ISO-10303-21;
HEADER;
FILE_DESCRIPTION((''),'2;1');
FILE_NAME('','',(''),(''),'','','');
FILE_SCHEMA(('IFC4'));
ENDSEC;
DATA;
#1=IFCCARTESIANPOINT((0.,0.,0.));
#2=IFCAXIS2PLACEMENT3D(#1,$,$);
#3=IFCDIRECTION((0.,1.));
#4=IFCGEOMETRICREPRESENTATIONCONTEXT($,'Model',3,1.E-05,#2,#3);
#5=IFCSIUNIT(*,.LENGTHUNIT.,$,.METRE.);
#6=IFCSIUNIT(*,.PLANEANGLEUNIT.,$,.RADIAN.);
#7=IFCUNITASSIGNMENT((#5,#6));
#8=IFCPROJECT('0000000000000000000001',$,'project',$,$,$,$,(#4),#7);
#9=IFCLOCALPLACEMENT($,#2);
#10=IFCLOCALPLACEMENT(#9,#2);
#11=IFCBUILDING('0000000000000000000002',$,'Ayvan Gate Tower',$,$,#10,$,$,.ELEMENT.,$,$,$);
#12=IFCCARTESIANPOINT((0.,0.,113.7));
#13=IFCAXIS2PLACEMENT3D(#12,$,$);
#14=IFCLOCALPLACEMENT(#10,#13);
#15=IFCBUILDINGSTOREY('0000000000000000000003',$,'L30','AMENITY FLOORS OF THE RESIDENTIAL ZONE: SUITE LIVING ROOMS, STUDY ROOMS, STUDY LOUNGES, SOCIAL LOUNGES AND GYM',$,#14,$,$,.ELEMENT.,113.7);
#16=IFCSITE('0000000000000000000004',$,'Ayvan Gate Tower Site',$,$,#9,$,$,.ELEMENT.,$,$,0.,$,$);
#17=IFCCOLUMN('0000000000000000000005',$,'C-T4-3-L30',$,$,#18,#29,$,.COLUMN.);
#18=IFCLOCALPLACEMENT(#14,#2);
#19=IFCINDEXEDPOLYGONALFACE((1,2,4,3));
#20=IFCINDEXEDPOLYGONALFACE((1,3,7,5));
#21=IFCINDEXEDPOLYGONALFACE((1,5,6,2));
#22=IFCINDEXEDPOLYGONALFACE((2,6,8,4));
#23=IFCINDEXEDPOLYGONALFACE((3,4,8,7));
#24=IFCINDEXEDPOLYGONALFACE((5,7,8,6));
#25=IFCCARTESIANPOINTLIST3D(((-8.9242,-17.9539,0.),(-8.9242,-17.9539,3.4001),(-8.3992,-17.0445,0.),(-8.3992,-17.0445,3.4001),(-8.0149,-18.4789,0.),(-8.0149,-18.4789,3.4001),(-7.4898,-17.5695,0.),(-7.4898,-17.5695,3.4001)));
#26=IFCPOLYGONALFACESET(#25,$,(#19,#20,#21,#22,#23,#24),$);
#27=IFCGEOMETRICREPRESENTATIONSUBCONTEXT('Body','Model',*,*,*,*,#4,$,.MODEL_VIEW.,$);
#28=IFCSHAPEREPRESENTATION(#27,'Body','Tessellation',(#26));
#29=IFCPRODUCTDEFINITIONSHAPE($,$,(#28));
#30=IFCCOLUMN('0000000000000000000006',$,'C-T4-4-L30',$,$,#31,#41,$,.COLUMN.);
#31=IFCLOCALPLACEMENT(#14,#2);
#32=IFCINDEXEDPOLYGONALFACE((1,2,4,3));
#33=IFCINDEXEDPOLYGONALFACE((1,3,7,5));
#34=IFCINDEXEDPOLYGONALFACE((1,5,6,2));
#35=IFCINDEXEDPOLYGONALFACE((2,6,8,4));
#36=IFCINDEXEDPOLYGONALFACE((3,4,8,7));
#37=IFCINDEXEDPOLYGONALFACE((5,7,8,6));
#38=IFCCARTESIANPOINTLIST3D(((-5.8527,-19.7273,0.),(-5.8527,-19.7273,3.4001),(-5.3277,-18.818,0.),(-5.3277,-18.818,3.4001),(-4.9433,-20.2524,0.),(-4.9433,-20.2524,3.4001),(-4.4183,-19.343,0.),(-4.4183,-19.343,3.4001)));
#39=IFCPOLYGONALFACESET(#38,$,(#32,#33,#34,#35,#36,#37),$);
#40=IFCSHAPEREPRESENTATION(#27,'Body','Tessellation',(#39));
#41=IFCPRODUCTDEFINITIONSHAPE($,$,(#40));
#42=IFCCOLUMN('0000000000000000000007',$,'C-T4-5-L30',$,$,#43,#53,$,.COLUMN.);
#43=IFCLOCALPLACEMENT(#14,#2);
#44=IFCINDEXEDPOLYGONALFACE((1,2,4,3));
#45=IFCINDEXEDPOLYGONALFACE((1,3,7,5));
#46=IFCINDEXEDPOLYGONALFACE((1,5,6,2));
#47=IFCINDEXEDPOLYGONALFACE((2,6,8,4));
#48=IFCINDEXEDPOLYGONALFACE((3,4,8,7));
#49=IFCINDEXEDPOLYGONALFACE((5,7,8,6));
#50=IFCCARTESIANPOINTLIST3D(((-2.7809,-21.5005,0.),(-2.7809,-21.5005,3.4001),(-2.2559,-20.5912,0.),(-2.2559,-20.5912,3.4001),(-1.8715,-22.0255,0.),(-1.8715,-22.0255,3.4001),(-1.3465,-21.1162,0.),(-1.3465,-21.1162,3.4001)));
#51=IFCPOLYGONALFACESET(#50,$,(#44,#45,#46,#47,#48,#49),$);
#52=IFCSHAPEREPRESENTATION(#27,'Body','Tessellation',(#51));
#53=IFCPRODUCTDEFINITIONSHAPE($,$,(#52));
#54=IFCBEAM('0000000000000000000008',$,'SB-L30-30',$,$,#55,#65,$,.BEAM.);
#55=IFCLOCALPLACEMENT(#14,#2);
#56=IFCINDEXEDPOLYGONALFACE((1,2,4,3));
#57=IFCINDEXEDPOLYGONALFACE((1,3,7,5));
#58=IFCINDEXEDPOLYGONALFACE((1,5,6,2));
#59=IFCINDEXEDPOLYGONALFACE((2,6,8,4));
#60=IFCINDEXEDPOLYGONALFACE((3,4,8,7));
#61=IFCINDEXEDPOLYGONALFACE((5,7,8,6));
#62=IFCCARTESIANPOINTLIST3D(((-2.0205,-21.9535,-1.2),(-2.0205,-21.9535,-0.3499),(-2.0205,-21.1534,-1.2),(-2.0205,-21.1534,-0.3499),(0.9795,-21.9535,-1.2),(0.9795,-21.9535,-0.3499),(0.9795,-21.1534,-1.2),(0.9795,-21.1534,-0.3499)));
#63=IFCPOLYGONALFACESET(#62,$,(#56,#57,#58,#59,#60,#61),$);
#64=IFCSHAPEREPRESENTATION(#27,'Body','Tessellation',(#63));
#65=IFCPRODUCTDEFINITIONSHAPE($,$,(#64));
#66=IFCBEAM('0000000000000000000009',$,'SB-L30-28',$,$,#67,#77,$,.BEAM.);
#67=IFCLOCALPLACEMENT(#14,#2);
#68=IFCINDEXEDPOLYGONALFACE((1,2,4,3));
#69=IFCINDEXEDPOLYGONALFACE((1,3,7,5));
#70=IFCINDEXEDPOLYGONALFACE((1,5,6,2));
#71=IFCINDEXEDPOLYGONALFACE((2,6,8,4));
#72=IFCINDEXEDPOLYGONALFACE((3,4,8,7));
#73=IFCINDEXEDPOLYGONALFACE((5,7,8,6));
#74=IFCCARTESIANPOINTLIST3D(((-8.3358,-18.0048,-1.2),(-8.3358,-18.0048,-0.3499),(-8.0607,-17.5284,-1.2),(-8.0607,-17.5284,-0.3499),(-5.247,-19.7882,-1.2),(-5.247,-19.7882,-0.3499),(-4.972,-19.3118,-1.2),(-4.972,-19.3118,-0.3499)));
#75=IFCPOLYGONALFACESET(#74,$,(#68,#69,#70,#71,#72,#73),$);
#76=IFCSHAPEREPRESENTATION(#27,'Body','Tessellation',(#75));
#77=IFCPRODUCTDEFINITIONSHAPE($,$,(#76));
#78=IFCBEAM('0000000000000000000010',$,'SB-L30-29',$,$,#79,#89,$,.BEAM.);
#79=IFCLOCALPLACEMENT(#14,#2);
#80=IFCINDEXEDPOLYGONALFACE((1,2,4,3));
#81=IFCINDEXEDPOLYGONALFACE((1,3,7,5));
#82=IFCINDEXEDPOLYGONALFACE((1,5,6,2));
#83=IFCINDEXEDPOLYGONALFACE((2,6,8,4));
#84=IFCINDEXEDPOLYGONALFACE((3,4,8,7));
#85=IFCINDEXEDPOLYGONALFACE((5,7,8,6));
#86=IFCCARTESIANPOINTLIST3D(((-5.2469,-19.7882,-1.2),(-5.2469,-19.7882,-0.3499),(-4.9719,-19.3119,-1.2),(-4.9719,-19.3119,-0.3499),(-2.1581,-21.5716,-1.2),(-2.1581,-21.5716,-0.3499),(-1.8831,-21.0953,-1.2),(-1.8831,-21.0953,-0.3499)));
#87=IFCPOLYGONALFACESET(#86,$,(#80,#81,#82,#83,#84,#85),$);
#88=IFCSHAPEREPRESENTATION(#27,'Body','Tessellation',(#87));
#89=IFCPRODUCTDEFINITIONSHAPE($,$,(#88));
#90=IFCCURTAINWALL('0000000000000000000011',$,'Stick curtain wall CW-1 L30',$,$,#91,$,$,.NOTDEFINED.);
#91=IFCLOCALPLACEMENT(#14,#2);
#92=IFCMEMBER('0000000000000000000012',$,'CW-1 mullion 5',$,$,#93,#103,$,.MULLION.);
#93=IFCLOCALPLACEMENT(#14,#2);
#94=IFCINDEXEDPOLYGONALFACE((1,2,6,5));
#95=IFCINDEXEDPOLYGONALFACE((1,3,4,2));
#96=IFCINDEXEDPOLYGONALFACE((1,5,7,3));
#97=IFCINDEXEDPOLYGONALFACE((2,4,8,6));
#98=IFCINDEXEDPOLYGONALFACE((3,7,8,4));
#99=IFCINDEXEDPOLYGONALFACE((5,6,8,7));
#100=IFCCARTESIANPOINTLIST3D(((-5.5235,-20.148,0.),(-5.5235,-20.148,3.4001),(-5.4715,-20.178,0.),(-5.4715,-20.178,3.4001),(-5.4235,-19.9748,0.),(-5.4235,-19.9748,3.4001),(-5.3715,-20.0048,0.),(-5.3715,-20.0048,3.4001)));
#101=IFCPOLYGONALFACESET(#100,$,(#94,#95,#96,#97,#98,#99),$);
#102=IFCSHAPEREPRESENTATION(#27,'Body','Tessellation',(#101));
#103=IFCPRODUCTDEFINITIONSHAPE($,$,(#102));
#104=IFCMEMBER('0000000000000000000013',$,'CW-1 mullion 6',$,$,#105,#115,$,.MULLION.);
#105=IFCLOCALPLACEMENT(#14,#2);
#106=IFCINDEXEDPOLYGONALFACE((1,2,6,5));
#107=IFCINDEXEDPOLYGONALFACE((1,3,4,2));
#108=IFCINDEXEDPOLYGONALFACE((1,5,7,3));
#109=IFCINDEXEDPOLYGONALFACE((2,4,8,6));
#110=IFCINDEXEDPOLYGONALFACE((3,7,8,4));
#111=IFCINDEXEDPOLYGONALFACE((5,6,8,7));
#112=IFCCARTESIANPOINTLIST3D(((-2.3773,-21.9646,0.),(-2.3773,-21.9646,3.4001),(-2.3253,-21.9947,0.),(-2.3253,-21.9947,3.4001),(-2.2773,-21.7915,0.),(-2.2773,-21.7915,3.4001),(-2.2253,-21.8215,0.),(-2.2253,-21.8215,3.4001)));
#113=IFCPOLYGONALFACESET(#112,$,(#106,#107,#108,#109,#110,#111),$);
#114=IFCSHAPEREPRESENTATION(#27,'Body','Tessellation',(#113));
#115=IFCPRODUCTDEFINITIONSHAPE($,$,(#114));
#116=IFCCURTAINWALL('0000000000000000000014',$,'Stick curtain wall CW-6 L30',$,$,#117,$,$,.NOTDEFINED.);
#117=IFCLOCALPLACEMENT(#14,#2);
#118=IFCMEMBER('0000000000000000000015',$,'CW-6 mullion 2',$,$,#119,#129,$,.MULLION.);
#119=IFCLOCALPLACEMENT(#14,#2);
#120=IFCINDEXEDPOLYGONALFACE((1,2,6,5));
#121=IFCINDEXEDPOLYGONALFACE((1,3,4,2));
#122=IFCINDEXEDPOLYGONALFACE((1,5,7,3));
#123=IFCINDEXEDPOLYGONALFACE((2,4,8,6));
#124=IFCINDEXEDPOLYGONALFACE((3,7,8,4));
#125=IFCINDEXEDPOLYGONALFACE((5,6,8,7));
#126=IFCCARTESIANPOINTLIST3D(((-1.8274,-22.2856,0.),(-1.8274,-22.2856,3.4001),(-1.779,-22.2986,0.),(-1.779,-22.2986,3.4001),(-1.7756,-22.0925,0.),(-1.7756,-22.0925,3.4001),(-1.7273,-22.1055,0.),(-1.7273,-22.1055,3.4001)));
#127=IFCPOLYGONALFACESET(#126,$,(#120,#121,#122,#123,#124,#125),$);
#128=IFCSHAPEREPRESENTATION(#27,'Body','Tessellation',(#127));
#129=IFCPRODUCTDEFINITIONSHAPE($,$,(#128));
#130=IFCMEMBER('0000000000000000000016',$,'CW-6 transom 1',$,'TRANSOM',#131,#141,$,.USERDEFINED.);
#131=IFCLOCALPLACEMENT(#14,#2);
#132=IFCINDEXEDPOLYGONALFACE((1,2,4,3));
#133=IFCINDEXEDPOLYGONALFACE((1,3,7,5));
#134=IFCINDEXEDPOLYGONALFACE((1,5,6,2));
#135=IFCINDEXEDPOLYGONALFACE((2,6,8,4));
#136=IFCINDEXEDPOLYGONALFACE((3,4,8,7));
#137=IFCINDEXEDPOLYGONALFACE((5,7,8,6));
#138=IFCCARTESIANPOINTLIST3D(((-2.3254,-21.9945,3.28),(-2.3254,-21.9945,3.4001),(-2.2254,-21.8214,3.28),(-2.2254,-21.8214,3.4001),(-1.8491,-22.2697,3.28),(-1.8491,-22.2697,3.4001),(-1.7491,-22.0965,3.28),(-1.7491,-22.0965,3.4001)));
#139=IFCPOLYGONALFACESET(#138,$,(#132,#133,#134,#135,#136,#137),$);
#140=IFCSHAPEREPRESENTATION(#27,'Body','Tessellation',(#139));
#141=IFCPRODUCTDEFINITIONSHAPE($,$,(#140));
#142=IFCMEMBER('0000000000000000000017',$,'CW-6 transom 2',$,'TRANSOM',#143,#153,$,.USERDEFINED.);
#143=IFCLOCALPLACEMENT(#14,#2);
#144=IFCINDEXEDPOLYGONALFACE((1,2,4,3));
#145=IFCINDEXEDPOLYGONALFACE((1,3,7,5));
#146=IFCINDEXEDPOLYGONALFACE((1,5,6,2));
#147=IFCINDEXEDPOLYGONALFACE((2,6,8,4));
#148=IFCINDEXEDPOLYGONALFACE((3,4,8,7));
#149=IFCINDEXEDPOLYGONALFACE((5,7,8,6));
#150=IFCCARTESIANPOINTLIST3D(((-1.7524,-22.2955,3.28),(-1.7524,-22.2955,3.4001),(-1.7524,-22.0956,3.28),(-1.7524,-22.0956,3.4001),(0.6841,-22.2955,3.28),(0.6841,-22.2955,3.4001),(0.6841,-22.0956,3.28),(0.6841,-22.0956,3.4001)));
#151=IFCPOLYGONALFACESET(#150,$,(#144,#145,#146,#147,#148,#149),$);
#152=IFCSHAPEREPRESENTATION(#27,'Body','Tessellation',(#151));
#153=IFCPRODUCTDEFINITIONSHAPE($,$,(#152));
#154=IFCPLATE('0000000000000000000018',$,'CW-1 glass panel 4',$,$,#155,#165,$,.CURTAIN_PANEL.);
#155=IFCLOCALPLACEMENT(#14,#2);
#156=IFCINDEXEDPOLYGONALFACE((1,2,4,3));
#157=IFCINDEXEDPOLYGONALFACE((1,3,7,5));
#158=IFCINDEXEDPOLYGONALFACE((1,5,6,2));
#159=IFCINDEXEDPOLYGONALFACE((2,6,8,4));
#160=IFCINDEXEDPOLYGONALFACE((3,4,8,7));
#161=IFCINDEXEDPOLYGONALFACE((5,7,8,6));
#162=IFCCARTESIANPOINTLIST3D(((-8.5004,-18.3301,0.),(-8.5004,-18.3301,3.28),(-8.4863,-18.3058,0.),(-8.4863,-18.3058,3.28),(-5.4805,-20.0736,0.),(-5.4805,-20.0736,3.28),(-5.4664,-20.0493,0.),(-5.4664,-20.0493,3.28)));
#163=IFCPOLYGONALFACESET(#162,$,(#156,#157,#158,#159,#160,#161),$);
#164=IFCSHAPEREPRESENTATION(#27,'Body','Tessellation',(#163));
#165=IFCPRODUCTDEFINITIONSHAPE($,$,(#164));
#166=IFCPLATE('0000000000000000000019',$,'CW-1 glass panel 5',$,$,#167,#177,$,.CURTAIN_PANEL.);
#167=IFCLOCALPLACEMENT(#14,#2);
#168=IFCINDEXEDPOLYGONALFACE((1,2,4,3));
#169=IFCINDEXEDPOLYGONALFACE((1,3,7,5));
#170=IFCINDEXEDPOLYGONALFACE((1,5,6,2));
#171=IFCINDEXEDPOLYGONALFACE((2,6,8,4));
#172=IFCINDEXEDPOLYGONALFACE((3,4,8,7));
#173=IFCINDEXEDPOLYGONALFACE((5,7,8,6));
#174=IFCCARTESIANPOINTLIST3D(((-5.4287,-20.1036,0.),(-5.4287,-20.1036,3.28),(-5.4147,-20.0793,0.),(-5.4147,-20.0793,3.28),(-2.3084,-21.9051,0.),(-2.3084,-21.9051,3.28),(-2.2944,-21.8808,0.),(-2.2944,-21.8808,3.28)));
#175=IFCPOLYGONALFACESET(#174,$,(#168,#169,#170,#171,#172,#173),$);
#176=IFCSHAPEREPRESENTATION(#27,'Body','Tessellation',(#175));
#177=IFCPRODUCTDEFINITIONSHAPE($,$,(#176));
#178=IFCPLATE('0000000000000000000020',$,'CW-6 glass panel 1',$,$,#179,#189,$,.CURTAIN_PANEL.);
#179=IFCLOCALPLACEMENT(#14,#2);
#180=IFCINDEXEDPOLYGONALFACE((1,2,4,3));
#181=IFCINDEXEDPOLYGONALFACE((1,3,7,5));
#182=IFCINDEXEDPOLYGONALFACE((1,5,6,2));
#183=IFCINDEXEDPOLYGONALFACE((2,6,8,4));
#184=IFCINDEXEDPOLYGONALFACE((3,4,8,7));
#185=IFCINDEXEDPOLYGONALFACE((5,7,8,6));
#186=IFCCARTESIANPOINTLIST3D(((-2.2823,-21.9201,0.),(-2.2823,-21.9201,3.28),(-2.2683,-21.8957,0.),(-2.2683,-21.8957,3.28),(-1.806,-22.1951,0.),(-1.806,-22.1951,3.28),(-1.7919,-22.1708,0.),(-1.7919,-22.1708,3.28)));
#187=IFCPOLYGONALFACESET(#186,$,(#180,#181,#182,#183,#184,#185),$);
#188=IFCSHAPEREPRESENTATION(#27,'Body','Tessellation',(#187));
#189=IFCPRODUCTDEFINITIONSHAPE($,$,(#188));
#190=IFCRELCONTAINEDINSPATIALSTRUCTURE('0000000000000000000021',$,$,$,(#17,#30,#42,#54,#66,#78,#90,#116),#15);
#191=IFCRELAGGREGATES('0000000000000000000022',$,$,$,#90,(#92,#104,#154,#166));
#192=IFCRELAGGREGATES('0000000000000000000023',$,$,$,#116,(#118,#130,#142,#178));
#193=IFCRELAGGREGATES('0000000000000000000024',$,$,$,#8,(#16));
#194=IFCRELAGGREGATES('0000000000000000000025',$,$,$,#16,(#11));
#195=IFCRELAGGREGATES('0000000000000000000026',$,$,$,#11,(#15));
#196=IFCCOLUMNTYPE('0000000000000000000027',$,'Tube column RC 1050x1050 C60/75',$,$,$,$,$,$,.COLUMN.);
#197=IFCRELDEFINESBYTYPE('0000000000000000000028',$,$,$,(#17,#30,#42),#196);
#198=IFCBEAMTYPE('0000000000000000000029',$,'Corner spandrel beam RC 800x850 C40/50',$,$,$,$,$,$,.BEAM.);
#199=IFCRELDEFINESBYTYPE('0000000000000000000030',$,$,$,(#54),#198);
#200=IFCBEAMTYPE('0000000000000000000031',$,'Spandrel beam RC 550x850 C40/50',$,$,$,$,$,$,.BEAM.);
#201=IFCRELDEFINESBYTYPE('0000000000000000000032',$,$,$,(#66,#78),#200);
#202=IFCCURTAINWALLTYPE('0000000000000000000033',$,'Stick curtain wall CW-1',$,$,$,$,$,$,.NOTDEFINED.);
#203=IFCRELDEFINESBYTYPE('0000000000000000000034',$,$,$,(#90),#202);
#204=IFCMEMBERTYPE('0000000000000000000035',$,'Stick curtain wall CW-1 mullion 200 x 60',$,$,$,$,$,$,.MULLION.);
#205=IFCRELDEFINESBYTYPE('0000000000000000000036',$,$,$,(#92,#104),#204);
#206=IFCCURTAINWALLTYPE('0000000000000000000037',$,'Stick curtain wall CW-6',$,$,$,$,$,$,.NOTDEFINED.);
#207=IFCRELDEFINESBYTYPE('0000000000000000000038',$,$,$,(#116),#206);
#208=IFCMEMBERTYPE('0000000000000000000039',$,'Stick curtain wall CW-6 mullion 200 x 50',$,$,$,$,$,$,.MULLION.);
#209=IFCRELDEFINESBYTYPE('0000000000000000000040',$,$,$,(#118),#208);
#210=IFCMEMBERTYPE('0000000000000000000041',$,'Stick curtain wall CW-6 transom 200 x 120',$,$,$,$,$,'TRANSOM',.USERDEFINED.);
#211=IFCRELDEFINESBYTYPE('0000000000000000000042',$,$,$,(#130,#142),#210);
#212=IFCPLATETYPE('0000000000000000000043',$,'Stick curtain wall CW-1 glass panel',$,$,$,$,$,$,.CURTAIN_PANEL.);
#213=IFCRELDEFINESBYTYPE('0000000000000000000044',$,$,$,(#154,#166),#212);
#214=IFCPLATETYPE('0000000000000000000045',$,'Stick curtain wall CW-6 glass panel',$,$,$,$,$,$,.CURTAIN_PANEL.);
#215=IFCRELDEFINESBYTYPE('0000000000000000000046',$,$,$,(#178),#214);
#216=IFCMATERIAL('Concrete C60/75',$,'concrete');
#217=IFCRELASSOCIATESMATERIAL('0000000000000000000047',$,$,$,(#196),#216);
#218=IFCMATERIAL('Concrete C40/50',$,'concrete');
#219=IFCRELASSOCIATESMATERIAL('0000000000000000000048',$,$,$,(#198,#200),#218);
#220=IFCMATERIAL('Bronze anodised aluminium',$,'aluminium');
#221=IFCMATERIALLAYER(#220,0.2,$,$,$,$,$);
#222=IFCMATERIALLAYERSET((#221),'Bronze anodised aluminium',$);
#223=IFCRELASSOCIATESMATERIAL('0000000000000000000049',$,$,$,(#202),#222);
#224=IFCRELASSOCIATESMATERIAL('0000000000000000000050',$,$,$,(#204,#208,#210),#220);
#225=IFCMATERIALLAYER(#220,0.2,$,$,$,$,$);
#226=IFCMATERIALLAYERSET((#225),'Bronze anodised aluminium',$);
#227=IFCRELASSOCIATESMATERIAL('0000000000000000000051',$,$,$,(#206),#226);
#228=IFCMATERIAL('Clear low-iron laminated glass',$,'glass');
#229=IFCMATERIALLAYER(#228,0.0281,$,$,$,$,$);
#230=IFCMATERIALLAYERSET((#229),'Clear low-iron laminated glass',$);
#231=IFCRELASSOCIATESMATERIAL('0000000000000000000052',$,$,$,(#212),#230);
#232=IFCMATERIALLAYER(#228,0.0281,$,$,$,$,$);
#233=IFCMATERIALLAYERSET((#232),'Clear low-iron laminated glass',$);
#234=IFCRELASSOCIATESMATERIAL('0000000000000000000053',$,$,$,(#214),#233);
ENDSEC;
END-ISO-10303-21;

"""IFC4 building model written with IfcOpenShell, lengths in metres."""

from ifc_helpers import new_model, si_unit, direction, frame, origin, origin_2d, place, context, subcontext, project, spatial, rectangle, extrude, material, layer, layer_set, material_profile, profile_set, type_object, element, aggregate, save


model = new_model("IFC4")

# Units and contexts
model_context = context("Model", 3, precision=1e-05, world=origin(), true_north=direction((0.0, 1.0)))
body_context = subcontext(model_context, "Body", "Model", "MODEL_VIEW")
ifc_project = project(units=[si_unit("LENGTHUNIT", "METRE"), si_unit("PLANEANGLEUNIT", "RADIAN")], contexts=[model_context])

# Site, building, storey
site_placement = place(None, origin())
site = spatial("IfcSite", under=ifc_project, at=site_placement, Name="Ayvan Gate Tower Site", CompositionType="ELEMENT", RefElevation=0.0)
building_placement = place(site_placement, origin())
building = spatial("IfcBuilding", under=site, at=building_placement, Name="Ayvan Gate Tower", CompositionType="ELEMENT")
storey_placement = place(building_placement, frame((0.0, 0.0, 113.7)))
storey = spatial("IfcBuildingStorey", under=building, at=storey_placement, Name="L30", Description="AMENITY FLOORS OF THE RESIDENTIAL ZONE: SUITE LIVING ROOMS, STUDY ROOMS, STUDY LOUNGES, SOCIAL LOUNGES AND GYM", CompositionType="ELEMENT", Elevation=113.7)

# Columns
ifc_material_1 = material(Name="Concrete C60/75", Category="concrete")
ifc_material_profile_1 = material_profile(ifc_material_1, rectangle(XDim=1.05, YDim=1.05, at=origin_2d()), Name="RC 1050x1050")
ifc_profile_set_1 = profile_set([ifc_material_profile_1], Name="Concrete C60/75")
column_type = type_object("IfcColumnType", Name="Tube column RC 1050x1050 C60/75", PredefinedType="COLUMN", material=ifc_profile_set_1)
for number, where, z_axis, x_axis, name in (
    (1, (-8.207, -17.7617, 0.0), (0.0, 0.0, 1.0), (-0.5, -0.866025, 0.0), "C-T4-3-L30"),
    (2, (-5.1355, -19.5352, 0.0), (0.0, 0.0, 1.0), (-0.5, -0.866025, 0.0), "C-T4-4-L30"),
    (3, (-2.0637, -21.3083, 0.0), (0.0, 0.0, 1.0), (-0.5, -0.866025, 0.0), "C-T4-5-L30"),
):
    element("IfcColumn", number, at=place(storey_placement, frame(where, z_axis=z_axis, x_axis=x_axis)), inside=storey, type_object=column_type, Name=name, PredefinedType="COLUMN", context=body_context, shape_type="SweptSolid", body=[
        extrude(rectangle(XDim=1.05, YDim=1.05, at=origin_2d()), origin(), (0.0, 0.0, 1.0), 3.4001),
    ])

# Beams
ifc_material_2 = material(Name="Concrete C40/50", Category="concrete")
ifc_material_profile_2 = material_profile(ifc_material_2, rectangle(XDim=0.8, YDim=0.8501, at=origin_2d()), Name="RC 800x850")
ifc_profile_set_2 = profile_set([ifc_material_profile_2], Name="Concrete C40/50")
beam_type_1 = type_object("IfcBeamType", Name="Corner spandrel beam RC 800x850 C40/50", PredefinedType="BEAM", material=ifc_profile_set_2)
beam_placement = place(storey_placement, frame((-2.0205, -21.5535, -0.7749), z_axis=(1.0, 0.0, 0.0), x_axis=(0.0, 1.0, 0.0)))
element("IfcBeam", 4, at=beam_placement, inside=storey, type_object=beam_type_1, Name="SB-L30-30", PredefinedType="BEAM", context=body_context, shape_type="SweptSolid", body=[
    extrude(rectangle(XDim=0.8, YDim=0.8501, at=origin_2d()), origin(), (0.0, 0.0, 1.0), 3.0),
])
ifc_material_profile_3 = material_profile(ifc_material_2, rectangle(XDim=0.55, YDim=0.8501, at=origin_2d()), Name="RC 550x850")
ifc_profile_set_3 = profile_set([ifc_material_profile_3], Name="Concrete C40/50")
beam_type_2 = type_object("IfcBeamType", Name="Spandrel beam RC 550x850 C40/50", PredefinedType="BEAM", material=ifc_profile_set_3)
for number, where, z_axis, x_axis, name in (
    (5, (-8.1982, -17.7666, -0.7749), (0.866015, -0.500019, 0.0), (0.500019, 0.866015, 0.0), "SB-L30-28"),
    (6, (-5.1094, -19.55, -0.7749), (0.866015, -0.500019, 0.0), (0.500019, 0.866015, 0.0), "SB-L30-29"),
):
    element("IfcBeam", number, at=place(storey_placement, frame(where, z_axis=z_axis, x_axis=x_axis)), inside=storey, type_object=beam_type_2, Name=name, PredefinedType="BEAM", context=body_context, shape_type="SweptSolid", body=[
        extrude(rectangle(XDim=0.55, YDim=0.8501, at=origin_2d()), origin(), (0.0, 0.0, 1.0), 3.5667),
    ])

# Curtain walls, members
ifc_material_3 = material(Name="Bronze anodised aluminium", Category="aluminium")
ifc_layer_1 = layer(ifc_material_3, 0.2)
ifc_layer_set_1 = layer_set([ifc_layer_1], Name="Bronze anodised aluminium")
curtain_wall_type_1 = type_object("IfcCurtainWallType", Name="Stick curtain wall CW-1", PredefinedType="NOTDEFINED", material=ifc_layer_set_1)
curtain_wall_1_placement = place(storey_placement, origin())
curtain_wall_1 = element("IfcCurtainWall", 7, at=curtain_wall_1_placement, inside=storey, type_object=curtain_wall_type_1, Name="Stick curtain wall CW-1 L30", PredefinedType="NOTDEFINED")
ifc_material_profile_4 = material_profile(ifc_material_3, rectangle(XDim=0.2, YDim=0.0601, at=origin_2d()), Name="Stick curtain wall CW-1 mullion 200 x 60")
ifc_profile_set_4 = profile_set([ifc_material_profile_4], Name="Bronze anodised aluminium")
member_type_1 = type_object("IfcMemberType", Name="Stick curtain wall CW-1 mullion 200 x 60", PredefinedType="MULLION", material=ifc_profile_set_4)
member_1_placement = place(storey_placement, frame((-5.4475, -20.0764, 0.0), z_axis=(0.0, 0.0, 1.0), x_axis=(-0.5, -0.866025, 0.0)))
member_1 = element("IfcMember", 8, at=member_1_placement, type_object=member_type_1, Name="CW-1 mullion 5", PredefinedType="MULLION", context=body_context, shape_type="SweptSolid", body=[
    extrude(rectangle(XDim=0.2, YDim=0.0601, at=origin_2d()), origin(), (0.0, 0.0, 1.0), 3.4001),
])
member_2_placement = place(storey_placement, frame((-2.3013, -21.8931, 0.0), z_axis=(0.0, 0.0, 1.0), x_axis=(-0.5, -0.866025, 0.0)))
member_2 = element("IfcMember", 9, at=member_2_placement, type_object=member_type_1, Name="CW-1 mullion 6", PredefinedType="MULLION", context=body_context, shape_type="SweptSolid", body=[
    extrude(rectangle(XDim=0.2, YDim=0.0601, at=origin_2d()), origin(), (0.0, 0.0, 1.0), 3.4001),
])
ifc_layer_2 = layer(ifc_material_3, 0.2)
ifc_layer_set_2 = layer_set([ifc_layer_2], Name="Bronze anodised aluminium")
curtain_wall_type_2 = type_object("IfcCurtainWallType", Name="Stick curtain wall CW-6", PredefinedType="NOTDEFINED", material=ifc_layer_set_2)
curtain_wall_2_placement = place(storey_placement, origin())
curtain_wall_2 = element("IfcCurtainWall", 10, at=curtain_wall_2_placement, inside=storey, type_object=curtain_wall_type_2, Name="Stick curtain wall CW-6 L30", PredefinedType="NOTDEFINED")
ifc_material_profile_5 = material_profile(ifc_material_3, rectangle(XDim=0.2, YDim=0.05, at=origin_2d()), Name="Stick curtain wall CW-6 mullion 200 x 50")
ifc_profile_set_5 = profile_set([ifc_material_profile_5], Name="Bronze anodised aluminium")
member_type_2 = type_object("IfcMemberType", Name="Stick curtain wall CW-6 mullion 200 x 50", PredefinedType="MULLION", material=ifc_profile_set_5)
member_3_placement = place(storey_placement, frame((-1.7773, -22.1956, 0.0), z_axis=(0.0, 0.0, 1.0), x_axis=(-0.258819, -0.965926, 0.0)))
member_3 = element("IfcMember", 11, at=member_3_placement, type_object=member_type_2, Name="CW-6 mullion 2", PredefinedType="MULLION", context=body_context, shape_type="SweptSolid", body=[
    extrude(rectangle(XDim=0.2, YDim=0.05, at=origin_2d()), origin(), (0.0, 0.0, 1.0), 3.4001),
])
ifc_material_profile_6 = material_profile(ifc_material_3, rectangle(XDim=0.2, YDim=0.1201, at=origin_2d()), Name="Stick curtain wall CW-6 transom 200 x 120")
ifc_profile_set_6 = profile_set([ifc_material_profile_6], Name="Bronze anodised aluminium")
member_type_3 = type_object("IfcMemberType", Name="Stick curtain wall CW-6 transom 200 x 120", ElementType="TRANSOM", PredefinedType="USERDEFINED", material=ifc_profile_set_6)
member_4_placement = place(storey_placement, frame((-2.2754, -21.908, 3.3401), z_axis=(0.865912, -0.500196, 0.0), x_axis=(0.500196, 0.865912, 0.0)))
member_4 = element("IfcMember", 12, at=member_4_placement, type_object=member_type_3, Name="CW-6 transom 1", ObjectType="TRANSOM", PredefinedType="USERDEFINED", context=body_context, shape_type="SweptSolid", body=[
    extrude(rectangle(XDim=0.2, YDim=0.1201, at=origin_2d()), origin(), (0.0, 0.0, 1.0), 0.55),
])
member_5_placement = place(storey_placement, frame((-1.7524, -22.1956, 3.3401), z_axis=(1.0, 0.0, 0.0), x_axis=(0.0, 1.0, 0.0)))
member_5 = element("IfcMember", 13, at=member_5_placement, type_object=member_type_3, Name="CW-6 transom 2", ObjectType="TRANSOM", PredefinedType="USERDEFINED", context=body_context, shape_type="SweptSolid", body=[
    extrude(rectangle(XDim=0.2, YDim=0.1201, at=origin_2d()), origin(), (0.0, 0.0, 1.0), 2.4365),
])

# Plates
ifc_material_4 = material(Name="Clear low-iron laminated glass", Category="glass")
ifc_layer_3 = layer(ifc_material_4, 0.0281)
ifc_layer_set_3 = layer_set([ifc_layer_3], Name="Clear low-iron laminated glass")
plate_type_1 = type_object("IfcPlateType", Name="Stick curtain wall CW-1 glass panel", PredefinedType="CURTAIN_PANEL", material=ifc_layer_set_3)
plate_1_placement = place(storey_placement, frame((-6.9834, -19.1897, 0.0), z_axis=(0.0, 0.0, 1.0), x_axis=(0.866025, -0.5, 0.0)))
plate_1 = element("IfcPlate", 14, at=plate_1_placement, type_object=plate_type_1, Name="CW-1 glass panel 4", PredefinedType="CURTAIN_PANEL", context=body_context, shape_type="SweptSolid", body=[
    extrude(rectangle(XDim=3.4871, YDim=0.0281, at=origin_2d()), origin(), (0.0, 0.0, 1.0), 3.28),
])
plate_2_placement = place(storey_placement, frame((-3.8616, -20.9922, 0.0), z_axis=(0.0, 0.0, 1.0), x_axis=(0.866025, -0.5, 0.0)))
plate_2 = element("IfcPlate", 15, at=plate_2_placement, type_object=plate_type_1, Name="CW-1 glass panel 5", PredefinedType="CURTAIN_PANEL", context=body_context, shape_type="SweptSolid", body=[
    extrude(rectangle(XDim=3.603, YDim=0.0281, at=origin_2d()), origin(), (0.0, 0.0, 1.0), 3.28),
])
aggregate(curtain_wall_1, [member_1, member_2, plate_1, plate_2])
ifc_layer_4 = layer(ifc_material_4, 0.0281)
ifc_layer_set_4 = layer_set([ifc_layer_4], Name="Clear low-iron laminated glass")
plate_type_2 = type_object("IfcPlateType", Name="Stick curtain wall CW-6 glass panel", PredefinedType="CURTAIN_PANEL", material=ifc_layer_set_4)
plate_3_placement = place(storey_placement, frame((-2.0371, -22.0454, 0.0), z_axis=(0.0, 0.0, 1.0), x_axis=(0.866025, -0.5, 0.0)))
plate_3 = element("IfcPlate", 16, at=plate_3_placement, type_object=plate_type_2, Name="CW-6 glass panel 1", PredefinedType="CURTAIN_PANEL", context=body_context, shape_type="SweptSolid", body=[
    extrude(rectangle(XDim=0.55, YDim=0.0281, at=origin_2d()), origin(), (0.0, 0.0, 1.0), 3.28),
])
aggregate(curtain_wall_2, [member_3, member_4, member_5, plate_3])

save(model, "model.ifc")
